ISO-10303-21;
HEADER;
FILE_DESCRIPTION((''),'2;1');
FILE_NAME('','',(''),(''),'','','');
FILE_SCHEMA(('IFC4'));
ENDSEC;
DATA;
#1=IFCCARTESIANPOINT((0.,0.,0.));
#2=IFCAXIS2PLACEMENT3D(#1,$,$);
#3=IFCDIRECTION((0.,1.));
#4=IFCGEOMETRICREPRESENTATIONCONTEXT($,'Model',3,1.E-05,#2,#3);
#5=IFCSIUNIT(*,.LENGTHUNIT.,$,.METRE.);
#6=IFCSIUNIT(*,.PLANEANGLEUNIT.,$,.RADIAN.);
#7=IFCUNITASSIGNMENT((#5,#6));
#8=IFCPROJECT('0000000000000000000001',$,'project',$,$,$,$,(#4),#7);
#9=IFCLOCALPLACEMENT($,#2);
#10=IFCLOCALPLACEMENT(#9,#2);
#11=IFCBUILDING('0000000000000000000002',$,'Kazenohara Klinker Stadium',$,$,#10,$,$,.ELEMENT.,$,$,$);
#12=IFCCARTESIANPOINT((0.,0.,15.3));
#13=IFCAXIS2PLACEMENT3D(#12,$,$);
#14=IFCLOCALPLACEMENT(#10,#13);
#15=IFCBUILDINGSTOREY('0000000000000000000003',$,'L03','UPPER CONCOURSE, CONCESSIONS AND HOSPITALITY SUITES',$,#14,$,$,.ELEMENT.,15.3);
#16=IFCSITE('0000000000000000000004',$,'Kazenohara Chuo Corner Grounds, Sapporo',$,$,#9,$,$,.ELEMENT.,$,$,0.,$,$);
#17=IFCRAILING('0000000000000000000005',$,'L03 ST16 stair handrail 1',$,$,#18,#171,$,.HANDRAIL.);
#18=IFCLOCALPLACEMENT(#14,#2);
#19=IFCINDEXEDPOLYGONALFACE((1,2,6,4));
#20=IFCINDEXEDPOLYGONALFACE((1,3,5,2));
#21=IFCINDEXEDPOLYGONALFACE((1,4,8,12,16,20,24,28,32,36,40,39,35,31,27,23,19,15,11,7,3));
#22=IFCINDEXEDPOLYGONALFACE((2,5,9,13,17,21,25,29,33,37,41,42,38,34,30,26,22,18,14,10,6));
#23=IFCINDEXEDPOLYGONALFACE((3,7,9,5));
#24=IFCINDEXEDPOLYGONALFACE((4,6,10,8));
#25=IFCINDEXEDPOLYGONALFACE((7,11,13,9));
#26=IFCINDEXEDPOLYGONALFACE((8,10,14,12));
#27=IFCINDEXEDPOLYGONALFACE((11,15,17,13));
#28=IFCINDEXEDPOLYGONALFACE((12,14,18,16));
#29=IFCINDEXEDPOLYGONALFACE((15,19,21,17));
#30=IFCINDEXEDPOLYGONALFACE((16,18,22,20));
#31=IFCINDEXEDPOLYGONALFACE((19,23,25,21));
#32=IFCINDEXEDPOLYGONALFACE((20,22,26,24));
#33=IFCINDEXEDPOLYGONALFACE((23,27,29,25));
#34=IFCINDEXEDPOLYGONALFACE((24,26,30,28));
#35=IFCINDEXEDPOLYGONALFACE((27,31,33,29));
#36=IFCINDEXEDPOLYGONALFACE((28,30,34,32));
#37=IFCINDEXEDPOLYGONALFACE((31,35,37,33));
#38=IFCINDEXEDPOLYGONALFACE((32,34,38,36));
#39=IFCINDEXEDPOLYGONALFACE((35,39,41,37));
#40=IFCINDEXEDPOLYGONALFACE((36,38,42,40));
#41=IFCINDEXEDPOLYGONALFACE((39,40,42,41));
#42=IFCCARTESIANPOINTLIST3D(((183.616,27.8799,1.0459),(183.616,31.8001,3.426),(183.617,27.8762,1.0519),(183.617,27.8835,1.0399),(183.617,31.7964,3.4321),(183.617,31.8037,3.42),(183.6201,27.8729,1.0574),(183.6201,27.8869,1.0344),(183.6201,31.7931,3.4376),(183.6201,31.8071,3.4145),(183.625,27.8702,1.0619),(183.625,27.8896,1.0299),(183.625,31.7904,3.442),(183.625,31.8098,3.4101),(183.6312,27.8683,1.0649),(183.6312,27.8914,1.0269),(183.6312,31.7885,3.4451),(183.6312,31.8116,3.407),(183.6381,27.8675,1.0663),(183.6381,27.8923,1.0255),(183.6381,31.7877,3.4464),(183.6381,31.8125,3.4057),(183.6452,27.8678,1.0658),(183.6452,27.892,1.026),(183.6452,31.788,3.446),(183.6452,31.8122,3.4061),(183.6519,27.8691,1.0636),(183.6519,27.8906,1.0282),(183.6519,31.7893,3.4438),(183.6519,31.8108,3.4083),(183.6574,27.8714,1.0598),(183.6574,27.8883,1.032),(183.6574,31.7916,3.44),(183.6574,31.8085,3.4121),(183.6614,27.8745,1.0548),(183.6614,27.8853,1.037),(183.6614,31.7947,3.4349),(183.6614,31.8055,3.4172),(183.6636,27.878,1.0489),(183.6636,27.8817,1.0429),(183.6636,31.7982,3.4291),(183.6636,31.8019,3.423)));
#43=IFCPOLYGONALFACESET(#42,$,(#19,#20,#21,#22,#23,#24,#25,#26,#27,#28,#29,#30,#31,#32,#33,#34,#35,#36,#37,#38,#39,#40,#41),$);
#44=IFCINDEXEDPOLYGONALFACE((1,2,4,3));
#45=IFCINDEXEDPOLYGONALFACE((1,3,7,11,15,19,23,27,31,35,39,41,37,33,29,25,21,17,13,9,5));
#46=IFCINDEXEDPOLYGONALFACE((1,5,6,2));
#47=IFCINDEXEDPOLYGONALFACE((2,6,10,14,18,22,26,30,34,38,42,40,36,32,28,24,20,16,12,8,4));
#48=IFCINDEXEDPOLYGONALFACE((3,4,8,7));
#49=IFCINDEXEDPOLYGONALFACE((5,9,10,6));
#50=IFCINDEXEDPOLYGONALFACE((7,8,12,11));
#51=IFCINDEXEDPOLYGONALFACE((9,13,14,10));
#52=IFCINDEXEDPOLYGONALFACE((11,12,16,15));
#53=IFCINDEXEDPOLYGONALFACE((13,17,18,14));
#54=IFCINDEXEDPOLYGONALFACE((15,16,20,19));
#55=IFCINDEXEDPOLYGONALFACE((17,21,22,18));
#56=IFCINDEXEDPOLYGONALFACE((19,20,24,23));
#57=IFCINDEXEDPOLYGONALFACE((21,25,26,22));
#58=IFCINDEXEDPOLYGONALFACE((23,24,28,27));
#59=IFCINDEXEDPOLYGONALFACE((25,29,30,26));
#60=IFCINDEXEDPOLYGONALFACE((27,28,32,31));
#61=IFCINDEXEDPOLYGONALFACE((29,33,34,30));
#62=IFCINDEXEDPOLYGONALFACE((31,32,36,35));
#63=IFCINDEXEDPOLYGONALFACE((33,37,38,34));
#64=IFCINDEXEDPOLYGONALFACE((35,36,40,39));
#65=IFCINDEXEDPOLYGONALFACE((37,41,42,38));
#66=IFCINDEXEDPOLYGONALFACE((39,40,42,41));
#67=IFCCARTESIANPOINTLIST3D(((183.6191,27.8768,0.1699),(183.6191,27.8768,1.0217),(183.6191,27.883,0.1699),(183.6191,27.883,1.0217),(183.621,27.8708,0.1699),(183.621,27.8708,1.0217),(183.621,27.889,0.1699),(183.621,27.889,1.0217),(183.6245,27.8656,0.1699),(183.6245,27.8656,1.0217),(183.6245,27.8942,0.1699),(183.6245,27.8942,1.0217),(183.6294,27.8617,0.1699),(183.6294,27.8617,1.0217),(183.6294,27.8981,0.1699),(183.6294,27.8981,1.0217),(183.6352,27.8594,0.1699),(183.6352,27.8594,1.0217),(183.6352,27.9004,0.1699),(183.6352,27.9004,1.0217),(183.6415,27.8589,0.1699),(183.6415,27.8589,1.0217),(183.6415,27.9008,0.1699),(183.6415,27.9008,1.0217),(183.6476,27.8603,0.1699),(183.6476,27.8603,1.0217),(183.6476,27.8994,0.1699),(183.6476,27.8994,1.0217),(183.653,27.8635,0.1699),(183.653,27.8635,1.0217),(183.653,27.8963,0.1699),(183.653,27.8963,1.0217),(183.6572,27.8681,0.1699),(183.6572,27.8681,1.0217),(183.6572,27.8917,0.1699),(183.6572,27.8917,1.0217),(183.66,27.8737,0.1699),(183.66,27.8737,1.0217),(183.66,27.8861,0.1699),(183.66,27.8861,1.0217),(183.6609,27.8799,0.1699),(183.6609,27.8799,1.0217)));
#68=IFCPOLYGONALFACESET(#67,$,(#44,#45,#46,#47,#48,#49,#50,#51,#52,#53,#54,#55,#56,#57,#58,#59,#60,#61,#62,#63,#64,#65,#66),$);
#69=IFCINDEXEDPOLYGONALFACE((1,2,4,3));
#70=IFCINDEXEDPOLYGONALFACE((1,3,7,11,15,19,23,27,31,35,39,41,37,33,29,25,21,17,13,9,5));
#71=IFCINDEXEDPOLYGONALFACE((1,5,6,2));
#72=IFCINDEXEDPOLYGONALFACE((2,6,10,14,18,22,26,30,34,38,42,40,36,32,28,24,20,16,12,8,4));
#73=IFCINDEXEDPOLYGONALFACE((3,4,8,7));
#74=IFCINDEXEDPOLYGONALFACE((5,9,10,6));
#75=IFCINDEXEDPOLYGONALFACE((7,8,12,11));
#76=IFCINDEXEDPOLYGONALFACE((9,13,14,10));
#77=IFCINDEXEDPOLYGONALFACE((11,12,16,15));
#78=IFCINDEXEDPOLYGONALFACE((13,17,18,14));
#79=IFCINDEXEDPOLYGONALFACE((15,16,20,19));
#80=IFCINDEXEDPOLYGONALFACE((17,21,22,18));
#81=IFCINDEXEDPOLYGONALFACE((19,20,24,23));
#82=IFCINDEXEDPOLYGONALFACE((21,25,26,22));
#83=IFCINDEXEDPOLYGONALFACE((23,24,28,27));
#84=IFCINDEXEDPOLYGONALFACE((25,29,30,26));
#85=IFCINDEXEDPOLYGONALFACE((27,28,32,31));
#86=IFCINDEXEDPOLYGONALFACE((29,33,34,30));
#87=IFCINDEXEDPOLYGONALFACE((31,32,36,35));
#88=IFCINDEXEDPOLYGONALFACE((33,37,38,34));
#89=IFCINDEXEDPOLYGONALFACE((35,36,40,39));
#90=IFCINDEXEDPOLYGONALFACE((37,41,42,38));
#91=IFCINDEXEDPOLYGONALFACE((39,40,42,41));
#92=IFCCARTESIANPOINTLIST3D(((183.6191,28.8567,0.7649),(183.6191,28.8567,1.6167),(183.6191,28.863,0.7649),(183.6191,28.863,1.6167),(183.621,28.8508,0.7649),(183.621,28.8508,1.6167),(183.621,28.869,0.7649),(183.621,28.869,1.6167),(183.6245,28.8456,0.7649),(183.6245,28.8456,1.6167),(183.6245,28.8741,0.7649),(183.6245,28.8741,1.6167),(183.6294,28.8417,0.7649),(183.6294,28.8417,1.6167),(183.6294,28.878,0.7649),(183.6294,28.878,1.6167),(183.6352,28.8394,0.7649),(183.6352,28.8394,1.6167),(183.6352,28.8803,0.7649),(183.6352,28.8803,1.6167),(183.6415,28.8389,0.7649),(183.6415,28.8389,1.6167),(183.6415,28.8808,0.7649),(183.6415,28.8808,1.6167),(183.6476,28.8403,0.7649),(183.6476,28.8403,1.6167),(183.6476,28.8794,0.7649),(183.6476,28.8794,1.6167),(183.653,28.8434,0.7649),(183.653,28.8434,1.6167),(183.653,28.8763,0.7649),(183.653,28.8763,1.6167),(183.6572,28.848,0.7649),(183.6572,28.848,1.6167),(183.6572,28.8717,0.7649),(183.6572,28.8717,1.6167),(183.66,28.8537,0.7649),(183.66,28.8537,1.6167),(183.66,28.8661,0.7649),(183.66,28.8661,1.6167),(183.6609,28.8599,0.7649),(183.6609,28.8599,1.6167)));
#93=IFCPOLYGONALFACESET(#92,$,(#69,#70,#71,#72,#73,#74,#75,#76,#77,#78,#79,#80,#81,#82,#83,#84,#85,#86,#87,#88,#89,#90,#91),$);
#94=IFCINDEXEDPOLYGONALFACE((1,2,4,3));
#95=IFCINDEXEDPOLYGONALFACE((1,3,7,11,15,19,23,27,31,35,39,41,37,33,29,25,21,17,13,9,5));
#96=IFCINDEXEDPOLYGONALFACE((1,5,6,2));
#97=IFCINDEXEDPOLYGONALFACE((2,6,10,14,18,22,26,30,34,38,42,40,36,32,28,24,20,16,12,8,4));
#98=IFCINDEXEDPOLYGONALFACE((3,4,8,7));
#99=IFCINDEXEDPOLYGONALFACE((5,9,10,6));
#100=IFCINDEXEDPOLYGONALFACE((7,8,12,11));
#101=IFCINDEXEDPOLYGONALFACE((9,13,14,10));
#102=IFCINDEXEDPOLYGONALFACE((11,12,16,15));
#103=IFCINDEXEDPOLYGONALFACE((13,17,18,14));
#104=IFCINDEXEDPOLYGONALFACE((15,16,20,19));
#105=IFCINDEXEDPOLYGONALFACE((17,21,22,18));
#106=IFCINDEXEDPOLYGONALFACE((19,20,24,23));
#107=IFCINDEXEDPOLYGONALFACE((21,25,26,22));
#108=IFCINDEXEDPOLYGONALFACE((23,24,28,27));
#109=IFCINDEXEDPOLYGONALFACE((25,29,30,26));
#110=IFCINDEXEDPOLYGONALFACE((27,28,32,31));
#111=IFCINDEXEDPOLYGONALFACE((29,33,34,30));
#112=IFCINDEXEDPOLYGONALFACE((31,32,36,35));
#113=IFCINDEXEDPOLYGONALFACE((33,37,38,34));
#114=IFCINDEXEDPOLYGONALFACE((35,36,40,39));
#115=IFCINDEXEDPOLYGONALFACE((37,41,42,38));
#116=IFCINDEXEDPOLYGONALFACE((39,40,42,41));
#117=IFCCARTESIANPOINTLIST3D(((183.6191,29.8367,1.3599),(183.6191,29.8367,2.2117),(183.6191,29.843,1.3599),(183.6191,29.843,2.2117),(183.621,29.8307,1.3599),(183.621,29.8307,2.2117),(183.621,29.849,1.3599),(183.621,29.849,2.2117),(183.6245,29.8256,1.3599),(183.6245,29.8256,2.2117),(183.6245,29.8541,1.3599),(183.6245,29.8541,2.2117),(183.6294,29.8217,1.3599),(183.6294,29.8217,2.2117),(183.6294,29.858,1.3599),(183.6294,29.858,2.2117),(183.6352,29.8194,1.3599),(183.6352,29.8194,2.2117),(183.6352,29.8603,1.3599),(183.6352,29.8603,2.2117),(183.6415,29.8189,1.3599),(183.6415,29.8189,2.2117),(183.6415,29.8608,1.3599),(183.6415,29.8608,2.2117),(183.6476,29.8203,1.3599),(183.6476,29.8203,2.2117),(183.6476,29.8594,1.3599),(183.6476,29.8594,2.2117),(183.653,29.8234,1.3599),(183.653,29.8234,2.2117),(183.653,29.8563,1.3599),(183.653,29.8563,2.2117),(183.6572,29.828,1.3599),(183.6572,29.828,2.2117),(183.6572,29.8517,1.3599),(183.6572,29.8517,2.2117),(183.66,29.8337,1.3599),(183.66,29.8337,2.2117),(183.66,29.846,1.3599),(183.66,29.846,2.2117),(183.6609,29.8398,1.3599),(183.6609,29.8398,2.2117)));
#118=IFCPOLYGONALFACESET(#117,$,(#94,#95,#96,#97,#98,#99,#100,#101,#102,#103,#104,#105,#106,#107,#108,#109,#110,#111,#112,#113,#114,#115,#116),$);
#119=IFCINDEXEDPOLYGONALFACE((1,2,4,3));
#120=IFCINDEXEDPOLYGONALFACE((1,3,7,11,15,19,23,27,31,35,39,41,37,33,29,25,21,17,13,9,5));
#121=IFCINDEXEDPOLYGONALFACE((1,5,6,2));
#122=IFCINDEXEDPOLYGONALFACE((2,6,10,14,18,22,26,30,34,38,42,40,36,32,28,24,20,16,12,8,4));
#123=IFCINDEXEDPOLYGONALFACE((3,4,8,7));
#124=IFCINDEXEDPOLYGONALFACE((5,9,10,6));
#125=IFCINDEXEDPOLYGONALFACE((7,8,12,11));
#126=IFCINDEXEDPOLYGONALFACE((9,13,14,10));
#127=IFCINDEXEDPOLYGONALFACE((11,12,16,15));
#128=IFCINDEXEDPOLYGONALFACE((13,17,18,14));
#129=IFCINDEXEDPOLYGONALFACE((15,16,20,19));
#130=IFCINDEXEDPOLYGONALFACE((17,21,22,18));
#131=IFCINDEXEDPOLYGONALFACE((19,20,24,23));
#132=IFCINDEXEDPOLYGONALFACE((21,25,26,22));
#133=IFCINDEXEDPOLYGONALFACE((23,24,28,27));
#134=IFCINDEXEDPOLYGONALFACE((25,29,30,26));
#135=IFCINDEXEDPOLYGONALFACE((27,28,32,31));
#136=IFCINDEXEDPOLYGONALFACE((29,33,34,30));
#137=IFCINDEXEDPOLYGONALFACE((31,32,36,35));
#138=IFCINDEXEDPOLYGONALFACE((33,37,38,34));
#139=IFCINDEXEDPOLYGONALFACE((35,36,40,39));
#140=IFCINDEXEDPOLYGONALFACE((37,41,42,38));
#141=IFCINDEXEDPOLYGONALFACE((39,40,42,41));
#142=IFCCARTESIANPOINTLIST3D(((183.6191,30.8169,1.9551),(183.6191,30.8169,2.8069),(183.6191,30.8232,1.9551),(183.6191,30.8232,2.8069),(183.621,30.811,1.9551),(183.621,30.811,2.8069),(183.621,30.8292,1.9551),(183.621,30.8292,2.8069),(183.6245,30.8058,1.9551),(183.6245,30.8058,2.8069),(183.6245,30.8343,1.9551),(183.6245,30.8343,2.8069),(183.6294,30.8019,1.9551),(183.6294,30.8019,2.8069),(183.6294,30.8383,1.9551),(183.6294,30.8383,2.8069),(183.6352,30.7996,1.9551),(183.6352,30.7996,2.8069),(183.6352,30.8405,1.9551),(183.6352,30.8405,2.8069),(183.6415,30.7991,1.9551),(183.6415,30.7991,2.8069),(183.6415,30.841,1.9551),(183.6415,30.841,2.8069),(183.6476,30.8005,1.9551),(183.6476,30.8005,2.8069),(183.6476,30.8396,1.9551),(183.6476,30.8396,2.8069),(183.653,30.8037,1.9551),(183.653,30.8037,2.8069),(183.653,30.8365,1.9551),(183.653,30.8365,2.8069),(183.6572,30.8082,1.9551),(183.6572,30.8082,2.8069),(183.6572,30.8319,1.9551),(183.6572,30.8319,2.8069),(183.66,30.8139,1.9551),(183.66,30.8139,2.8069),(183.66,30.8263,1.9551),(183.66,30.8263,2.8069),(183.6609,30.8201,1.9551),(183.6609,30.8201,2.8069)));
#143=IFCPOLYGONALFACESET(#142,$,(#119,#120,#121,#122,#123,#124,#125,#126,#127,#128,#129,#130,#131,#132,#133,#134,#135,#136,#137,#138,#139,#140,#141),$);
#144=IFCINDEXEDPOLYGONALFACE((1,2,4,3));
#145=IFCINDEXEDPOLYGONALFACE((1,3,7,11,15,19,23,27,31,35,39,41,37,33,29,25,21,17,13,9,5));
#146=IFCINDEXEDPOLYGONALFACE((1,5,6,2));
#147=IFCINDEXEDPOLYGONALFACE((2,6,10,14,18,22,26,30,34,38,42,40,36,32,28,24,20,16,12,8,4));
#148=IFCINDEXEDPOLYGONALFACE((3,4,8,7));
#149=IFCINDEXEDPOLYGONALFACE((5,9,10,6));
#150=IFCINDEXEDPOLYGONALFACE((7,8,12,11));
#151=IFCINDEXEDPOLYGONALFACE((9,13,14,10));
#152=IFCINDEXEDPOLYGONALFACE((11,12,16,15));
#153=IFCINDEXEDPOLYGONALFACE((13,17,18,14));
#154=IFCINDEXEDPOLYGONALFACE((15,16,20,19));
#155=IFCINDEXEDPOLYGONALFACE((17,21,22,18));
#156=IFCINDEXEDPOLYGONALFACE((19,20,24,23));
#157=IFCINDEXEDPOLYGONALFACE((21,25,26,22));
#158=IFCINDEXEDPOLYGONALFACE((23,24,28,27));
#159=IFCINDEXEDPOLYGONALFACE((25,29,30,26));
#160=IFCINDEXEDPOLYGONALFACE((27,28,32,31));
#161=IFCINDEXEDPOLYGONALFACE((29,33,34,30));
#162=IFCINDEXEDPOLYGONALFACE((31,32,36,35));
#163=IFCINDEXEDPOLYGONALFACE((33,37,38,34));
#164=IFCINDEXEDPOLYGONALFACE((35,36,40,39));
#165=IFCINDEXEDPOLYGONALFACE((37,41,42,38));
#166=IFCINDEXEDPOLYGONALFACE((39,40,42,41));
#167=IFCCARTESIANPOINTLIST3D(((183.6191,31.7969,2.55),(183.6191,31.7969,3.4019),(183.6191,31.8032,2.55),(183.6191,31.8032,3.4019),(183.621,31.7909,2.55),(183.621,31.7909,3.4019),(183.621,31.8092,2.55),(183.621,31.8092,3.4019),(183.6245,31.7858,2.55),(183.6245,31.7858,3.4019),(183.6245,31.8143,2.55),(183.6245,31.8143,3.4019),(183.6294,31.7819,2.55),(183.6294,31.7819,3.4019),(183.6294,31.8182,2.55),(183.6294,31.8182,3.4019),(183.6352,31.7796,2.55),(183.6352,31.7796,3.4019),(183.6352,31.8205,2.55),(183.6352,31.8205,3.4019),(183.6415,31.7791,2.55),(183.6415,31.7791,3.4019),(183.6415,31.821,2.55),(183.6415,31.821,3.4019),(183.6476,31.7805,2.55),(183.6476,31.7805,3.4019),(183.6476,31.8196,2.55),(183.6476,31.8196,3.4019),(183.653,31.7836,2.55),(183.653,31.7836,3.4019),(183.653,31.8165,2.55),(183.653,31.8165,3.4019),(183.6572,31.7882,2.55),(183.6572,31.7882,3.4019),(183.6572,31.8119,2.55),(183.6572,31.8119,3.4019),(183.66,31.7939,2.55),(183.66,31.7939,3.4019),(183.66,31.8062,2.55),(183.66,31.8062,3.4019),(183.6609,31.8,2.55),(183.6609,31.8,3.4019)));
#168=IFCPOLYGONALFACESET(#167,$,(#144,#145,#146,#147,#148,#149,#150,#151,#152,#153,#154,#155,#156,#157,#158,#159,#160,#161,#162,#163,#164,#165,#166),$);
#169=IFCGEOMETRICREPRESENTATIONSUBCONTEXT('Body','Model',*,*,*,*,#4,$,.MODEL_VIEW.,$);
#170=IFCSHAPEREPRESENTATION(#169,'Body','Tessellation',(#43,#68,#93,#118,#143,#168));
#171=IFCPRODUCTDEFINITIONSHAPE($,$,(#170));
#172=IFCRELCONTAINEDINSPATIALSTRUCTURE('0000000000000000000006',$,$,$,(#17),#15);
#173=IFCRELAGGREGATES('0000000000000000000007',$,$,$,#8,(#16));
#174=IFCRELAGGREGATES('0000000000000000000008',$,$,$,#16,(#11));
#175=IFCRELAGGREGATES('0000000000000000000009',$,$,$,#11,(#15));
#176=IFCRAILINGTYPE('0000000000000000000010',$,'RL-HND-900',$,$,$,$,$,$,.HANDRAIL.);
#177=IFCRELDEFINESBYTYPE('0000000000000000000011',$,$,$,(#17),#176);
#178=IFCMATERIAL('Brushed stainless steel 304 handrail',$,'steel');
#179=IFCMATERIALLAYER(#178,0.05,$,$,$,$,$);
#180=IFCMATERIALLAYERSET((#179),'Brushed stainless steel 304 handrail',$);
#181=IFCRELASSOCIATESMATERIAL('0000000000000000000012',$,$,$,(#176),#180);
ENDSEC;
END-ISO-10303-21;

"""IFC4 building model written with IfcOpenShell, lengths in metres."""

from ifc_helpers import new_model, si_unit, direction, frame, origin, origin_2d, place, context, subcontext, project, spatial, circle, extrude, material, layer, layer_set, type_object, element, save


model = new_model("IFC4")

# Units and contexts
model_context = context("Model", 3, precision=1e-05, world=origin(), true_north=direction((0.0, 1.0)))
body_context = subcontext(model_context, "Body", "Model", "MODEL_VIEW")
ifc_project = project(units=[si_unit("LENGTHUNIT", "METRE"), si_unit("PLANEANGLEUNIT", "RADIAN")], contexts=[model_context])

# Site, building, storey
site_placement = place(None, origin())
site = spatial("IfcSite", under=ifc_project, at=site_placement, Name="Kazenohara Chuo Corner Grounds, Sapporo", CompositionType="ELEMENT", RefElevation=0.0)
building_placement = place(site_placement, origin())
building = spatial("IfcBuilding", under=site, at=building_placement, Name="Kazenohara Klinker Stadium", CompositionType="ELEMENT")
storey_placement = place(building_placement, frame((0.0, 0.0, 15.3)))
storey = spatial("IfcBuildingStorey", under=building, at=storey_placement, Name="L03", Description="UPPER CONCOURSE, CONCESSIONS AND HOSPITALITY SUITES", CompositionType="ELEMENT", Elevation=15.3)

# Railing
ifc_material_1 = material(Name="Brushed stainless steel 304 handrail", Category="steel")
ifc_layer_1 = layer(ifc_material_1, 0.05)
ifc_layer_set_1 = layer_set([ifc_layer_1], Name="Brushed stainless steel 304 handrail")
railing_type_1 = type_object("IfcRailingType", Name="RL-HND-900", PredefinedType="HANDRAIL", material=ifc_layer_set_1)
railing_1_placement = place(storey_placement, frame((183.6399, 27.8799, 0.1699)))
element("IfcRailing", 1, at=railing_1_placement, inside=storey, type_object=railing_type_1, Name="L03 ST16 stair handrail 1", PredefinedType="HANDRAIL", context=body_context, shape_type="SweptSolid", body=[
    extrude(circle(Radius=0.0239, at=origin_2d()), frame((0.0, 0.0, 0.876), z_axis=(0.0, 0.854785, 0.518982), x_axis=(-1.0, 0.0, 0.0)), (0.0, 0.0, 1.0), 4.5862),
    extrude(circle(Radius=0.021, at=origin_2d()), origin(), (0.0, 0.0, 1.0), 0.8518),
    extrude(circle(Radius=0.021, at=origin_2d()), frame((0.0, 0.98, 0.595)), (0.0, 0.0, 1.0), 0.8518),
    extrude(circle(Radius=0.021, at=origin_2d()), frame((0.0, 1.96, 1.1899)), (0.0, 0.0, 1.0), 0.8518),
    extrude(circle(Radius=0.021, at=origin_2d()), frame((0.0, 2.9402, 1.7852)), (0.0, 0.0, 1.0), 0.8518),
    extrude(circle(Radius=0.021, at=origin_2d()), frame((0.0, 3.9202, 2.3801)), (0.0, 0.0, 1.0), 0.8518),
])

save(model, "model.ifc")
